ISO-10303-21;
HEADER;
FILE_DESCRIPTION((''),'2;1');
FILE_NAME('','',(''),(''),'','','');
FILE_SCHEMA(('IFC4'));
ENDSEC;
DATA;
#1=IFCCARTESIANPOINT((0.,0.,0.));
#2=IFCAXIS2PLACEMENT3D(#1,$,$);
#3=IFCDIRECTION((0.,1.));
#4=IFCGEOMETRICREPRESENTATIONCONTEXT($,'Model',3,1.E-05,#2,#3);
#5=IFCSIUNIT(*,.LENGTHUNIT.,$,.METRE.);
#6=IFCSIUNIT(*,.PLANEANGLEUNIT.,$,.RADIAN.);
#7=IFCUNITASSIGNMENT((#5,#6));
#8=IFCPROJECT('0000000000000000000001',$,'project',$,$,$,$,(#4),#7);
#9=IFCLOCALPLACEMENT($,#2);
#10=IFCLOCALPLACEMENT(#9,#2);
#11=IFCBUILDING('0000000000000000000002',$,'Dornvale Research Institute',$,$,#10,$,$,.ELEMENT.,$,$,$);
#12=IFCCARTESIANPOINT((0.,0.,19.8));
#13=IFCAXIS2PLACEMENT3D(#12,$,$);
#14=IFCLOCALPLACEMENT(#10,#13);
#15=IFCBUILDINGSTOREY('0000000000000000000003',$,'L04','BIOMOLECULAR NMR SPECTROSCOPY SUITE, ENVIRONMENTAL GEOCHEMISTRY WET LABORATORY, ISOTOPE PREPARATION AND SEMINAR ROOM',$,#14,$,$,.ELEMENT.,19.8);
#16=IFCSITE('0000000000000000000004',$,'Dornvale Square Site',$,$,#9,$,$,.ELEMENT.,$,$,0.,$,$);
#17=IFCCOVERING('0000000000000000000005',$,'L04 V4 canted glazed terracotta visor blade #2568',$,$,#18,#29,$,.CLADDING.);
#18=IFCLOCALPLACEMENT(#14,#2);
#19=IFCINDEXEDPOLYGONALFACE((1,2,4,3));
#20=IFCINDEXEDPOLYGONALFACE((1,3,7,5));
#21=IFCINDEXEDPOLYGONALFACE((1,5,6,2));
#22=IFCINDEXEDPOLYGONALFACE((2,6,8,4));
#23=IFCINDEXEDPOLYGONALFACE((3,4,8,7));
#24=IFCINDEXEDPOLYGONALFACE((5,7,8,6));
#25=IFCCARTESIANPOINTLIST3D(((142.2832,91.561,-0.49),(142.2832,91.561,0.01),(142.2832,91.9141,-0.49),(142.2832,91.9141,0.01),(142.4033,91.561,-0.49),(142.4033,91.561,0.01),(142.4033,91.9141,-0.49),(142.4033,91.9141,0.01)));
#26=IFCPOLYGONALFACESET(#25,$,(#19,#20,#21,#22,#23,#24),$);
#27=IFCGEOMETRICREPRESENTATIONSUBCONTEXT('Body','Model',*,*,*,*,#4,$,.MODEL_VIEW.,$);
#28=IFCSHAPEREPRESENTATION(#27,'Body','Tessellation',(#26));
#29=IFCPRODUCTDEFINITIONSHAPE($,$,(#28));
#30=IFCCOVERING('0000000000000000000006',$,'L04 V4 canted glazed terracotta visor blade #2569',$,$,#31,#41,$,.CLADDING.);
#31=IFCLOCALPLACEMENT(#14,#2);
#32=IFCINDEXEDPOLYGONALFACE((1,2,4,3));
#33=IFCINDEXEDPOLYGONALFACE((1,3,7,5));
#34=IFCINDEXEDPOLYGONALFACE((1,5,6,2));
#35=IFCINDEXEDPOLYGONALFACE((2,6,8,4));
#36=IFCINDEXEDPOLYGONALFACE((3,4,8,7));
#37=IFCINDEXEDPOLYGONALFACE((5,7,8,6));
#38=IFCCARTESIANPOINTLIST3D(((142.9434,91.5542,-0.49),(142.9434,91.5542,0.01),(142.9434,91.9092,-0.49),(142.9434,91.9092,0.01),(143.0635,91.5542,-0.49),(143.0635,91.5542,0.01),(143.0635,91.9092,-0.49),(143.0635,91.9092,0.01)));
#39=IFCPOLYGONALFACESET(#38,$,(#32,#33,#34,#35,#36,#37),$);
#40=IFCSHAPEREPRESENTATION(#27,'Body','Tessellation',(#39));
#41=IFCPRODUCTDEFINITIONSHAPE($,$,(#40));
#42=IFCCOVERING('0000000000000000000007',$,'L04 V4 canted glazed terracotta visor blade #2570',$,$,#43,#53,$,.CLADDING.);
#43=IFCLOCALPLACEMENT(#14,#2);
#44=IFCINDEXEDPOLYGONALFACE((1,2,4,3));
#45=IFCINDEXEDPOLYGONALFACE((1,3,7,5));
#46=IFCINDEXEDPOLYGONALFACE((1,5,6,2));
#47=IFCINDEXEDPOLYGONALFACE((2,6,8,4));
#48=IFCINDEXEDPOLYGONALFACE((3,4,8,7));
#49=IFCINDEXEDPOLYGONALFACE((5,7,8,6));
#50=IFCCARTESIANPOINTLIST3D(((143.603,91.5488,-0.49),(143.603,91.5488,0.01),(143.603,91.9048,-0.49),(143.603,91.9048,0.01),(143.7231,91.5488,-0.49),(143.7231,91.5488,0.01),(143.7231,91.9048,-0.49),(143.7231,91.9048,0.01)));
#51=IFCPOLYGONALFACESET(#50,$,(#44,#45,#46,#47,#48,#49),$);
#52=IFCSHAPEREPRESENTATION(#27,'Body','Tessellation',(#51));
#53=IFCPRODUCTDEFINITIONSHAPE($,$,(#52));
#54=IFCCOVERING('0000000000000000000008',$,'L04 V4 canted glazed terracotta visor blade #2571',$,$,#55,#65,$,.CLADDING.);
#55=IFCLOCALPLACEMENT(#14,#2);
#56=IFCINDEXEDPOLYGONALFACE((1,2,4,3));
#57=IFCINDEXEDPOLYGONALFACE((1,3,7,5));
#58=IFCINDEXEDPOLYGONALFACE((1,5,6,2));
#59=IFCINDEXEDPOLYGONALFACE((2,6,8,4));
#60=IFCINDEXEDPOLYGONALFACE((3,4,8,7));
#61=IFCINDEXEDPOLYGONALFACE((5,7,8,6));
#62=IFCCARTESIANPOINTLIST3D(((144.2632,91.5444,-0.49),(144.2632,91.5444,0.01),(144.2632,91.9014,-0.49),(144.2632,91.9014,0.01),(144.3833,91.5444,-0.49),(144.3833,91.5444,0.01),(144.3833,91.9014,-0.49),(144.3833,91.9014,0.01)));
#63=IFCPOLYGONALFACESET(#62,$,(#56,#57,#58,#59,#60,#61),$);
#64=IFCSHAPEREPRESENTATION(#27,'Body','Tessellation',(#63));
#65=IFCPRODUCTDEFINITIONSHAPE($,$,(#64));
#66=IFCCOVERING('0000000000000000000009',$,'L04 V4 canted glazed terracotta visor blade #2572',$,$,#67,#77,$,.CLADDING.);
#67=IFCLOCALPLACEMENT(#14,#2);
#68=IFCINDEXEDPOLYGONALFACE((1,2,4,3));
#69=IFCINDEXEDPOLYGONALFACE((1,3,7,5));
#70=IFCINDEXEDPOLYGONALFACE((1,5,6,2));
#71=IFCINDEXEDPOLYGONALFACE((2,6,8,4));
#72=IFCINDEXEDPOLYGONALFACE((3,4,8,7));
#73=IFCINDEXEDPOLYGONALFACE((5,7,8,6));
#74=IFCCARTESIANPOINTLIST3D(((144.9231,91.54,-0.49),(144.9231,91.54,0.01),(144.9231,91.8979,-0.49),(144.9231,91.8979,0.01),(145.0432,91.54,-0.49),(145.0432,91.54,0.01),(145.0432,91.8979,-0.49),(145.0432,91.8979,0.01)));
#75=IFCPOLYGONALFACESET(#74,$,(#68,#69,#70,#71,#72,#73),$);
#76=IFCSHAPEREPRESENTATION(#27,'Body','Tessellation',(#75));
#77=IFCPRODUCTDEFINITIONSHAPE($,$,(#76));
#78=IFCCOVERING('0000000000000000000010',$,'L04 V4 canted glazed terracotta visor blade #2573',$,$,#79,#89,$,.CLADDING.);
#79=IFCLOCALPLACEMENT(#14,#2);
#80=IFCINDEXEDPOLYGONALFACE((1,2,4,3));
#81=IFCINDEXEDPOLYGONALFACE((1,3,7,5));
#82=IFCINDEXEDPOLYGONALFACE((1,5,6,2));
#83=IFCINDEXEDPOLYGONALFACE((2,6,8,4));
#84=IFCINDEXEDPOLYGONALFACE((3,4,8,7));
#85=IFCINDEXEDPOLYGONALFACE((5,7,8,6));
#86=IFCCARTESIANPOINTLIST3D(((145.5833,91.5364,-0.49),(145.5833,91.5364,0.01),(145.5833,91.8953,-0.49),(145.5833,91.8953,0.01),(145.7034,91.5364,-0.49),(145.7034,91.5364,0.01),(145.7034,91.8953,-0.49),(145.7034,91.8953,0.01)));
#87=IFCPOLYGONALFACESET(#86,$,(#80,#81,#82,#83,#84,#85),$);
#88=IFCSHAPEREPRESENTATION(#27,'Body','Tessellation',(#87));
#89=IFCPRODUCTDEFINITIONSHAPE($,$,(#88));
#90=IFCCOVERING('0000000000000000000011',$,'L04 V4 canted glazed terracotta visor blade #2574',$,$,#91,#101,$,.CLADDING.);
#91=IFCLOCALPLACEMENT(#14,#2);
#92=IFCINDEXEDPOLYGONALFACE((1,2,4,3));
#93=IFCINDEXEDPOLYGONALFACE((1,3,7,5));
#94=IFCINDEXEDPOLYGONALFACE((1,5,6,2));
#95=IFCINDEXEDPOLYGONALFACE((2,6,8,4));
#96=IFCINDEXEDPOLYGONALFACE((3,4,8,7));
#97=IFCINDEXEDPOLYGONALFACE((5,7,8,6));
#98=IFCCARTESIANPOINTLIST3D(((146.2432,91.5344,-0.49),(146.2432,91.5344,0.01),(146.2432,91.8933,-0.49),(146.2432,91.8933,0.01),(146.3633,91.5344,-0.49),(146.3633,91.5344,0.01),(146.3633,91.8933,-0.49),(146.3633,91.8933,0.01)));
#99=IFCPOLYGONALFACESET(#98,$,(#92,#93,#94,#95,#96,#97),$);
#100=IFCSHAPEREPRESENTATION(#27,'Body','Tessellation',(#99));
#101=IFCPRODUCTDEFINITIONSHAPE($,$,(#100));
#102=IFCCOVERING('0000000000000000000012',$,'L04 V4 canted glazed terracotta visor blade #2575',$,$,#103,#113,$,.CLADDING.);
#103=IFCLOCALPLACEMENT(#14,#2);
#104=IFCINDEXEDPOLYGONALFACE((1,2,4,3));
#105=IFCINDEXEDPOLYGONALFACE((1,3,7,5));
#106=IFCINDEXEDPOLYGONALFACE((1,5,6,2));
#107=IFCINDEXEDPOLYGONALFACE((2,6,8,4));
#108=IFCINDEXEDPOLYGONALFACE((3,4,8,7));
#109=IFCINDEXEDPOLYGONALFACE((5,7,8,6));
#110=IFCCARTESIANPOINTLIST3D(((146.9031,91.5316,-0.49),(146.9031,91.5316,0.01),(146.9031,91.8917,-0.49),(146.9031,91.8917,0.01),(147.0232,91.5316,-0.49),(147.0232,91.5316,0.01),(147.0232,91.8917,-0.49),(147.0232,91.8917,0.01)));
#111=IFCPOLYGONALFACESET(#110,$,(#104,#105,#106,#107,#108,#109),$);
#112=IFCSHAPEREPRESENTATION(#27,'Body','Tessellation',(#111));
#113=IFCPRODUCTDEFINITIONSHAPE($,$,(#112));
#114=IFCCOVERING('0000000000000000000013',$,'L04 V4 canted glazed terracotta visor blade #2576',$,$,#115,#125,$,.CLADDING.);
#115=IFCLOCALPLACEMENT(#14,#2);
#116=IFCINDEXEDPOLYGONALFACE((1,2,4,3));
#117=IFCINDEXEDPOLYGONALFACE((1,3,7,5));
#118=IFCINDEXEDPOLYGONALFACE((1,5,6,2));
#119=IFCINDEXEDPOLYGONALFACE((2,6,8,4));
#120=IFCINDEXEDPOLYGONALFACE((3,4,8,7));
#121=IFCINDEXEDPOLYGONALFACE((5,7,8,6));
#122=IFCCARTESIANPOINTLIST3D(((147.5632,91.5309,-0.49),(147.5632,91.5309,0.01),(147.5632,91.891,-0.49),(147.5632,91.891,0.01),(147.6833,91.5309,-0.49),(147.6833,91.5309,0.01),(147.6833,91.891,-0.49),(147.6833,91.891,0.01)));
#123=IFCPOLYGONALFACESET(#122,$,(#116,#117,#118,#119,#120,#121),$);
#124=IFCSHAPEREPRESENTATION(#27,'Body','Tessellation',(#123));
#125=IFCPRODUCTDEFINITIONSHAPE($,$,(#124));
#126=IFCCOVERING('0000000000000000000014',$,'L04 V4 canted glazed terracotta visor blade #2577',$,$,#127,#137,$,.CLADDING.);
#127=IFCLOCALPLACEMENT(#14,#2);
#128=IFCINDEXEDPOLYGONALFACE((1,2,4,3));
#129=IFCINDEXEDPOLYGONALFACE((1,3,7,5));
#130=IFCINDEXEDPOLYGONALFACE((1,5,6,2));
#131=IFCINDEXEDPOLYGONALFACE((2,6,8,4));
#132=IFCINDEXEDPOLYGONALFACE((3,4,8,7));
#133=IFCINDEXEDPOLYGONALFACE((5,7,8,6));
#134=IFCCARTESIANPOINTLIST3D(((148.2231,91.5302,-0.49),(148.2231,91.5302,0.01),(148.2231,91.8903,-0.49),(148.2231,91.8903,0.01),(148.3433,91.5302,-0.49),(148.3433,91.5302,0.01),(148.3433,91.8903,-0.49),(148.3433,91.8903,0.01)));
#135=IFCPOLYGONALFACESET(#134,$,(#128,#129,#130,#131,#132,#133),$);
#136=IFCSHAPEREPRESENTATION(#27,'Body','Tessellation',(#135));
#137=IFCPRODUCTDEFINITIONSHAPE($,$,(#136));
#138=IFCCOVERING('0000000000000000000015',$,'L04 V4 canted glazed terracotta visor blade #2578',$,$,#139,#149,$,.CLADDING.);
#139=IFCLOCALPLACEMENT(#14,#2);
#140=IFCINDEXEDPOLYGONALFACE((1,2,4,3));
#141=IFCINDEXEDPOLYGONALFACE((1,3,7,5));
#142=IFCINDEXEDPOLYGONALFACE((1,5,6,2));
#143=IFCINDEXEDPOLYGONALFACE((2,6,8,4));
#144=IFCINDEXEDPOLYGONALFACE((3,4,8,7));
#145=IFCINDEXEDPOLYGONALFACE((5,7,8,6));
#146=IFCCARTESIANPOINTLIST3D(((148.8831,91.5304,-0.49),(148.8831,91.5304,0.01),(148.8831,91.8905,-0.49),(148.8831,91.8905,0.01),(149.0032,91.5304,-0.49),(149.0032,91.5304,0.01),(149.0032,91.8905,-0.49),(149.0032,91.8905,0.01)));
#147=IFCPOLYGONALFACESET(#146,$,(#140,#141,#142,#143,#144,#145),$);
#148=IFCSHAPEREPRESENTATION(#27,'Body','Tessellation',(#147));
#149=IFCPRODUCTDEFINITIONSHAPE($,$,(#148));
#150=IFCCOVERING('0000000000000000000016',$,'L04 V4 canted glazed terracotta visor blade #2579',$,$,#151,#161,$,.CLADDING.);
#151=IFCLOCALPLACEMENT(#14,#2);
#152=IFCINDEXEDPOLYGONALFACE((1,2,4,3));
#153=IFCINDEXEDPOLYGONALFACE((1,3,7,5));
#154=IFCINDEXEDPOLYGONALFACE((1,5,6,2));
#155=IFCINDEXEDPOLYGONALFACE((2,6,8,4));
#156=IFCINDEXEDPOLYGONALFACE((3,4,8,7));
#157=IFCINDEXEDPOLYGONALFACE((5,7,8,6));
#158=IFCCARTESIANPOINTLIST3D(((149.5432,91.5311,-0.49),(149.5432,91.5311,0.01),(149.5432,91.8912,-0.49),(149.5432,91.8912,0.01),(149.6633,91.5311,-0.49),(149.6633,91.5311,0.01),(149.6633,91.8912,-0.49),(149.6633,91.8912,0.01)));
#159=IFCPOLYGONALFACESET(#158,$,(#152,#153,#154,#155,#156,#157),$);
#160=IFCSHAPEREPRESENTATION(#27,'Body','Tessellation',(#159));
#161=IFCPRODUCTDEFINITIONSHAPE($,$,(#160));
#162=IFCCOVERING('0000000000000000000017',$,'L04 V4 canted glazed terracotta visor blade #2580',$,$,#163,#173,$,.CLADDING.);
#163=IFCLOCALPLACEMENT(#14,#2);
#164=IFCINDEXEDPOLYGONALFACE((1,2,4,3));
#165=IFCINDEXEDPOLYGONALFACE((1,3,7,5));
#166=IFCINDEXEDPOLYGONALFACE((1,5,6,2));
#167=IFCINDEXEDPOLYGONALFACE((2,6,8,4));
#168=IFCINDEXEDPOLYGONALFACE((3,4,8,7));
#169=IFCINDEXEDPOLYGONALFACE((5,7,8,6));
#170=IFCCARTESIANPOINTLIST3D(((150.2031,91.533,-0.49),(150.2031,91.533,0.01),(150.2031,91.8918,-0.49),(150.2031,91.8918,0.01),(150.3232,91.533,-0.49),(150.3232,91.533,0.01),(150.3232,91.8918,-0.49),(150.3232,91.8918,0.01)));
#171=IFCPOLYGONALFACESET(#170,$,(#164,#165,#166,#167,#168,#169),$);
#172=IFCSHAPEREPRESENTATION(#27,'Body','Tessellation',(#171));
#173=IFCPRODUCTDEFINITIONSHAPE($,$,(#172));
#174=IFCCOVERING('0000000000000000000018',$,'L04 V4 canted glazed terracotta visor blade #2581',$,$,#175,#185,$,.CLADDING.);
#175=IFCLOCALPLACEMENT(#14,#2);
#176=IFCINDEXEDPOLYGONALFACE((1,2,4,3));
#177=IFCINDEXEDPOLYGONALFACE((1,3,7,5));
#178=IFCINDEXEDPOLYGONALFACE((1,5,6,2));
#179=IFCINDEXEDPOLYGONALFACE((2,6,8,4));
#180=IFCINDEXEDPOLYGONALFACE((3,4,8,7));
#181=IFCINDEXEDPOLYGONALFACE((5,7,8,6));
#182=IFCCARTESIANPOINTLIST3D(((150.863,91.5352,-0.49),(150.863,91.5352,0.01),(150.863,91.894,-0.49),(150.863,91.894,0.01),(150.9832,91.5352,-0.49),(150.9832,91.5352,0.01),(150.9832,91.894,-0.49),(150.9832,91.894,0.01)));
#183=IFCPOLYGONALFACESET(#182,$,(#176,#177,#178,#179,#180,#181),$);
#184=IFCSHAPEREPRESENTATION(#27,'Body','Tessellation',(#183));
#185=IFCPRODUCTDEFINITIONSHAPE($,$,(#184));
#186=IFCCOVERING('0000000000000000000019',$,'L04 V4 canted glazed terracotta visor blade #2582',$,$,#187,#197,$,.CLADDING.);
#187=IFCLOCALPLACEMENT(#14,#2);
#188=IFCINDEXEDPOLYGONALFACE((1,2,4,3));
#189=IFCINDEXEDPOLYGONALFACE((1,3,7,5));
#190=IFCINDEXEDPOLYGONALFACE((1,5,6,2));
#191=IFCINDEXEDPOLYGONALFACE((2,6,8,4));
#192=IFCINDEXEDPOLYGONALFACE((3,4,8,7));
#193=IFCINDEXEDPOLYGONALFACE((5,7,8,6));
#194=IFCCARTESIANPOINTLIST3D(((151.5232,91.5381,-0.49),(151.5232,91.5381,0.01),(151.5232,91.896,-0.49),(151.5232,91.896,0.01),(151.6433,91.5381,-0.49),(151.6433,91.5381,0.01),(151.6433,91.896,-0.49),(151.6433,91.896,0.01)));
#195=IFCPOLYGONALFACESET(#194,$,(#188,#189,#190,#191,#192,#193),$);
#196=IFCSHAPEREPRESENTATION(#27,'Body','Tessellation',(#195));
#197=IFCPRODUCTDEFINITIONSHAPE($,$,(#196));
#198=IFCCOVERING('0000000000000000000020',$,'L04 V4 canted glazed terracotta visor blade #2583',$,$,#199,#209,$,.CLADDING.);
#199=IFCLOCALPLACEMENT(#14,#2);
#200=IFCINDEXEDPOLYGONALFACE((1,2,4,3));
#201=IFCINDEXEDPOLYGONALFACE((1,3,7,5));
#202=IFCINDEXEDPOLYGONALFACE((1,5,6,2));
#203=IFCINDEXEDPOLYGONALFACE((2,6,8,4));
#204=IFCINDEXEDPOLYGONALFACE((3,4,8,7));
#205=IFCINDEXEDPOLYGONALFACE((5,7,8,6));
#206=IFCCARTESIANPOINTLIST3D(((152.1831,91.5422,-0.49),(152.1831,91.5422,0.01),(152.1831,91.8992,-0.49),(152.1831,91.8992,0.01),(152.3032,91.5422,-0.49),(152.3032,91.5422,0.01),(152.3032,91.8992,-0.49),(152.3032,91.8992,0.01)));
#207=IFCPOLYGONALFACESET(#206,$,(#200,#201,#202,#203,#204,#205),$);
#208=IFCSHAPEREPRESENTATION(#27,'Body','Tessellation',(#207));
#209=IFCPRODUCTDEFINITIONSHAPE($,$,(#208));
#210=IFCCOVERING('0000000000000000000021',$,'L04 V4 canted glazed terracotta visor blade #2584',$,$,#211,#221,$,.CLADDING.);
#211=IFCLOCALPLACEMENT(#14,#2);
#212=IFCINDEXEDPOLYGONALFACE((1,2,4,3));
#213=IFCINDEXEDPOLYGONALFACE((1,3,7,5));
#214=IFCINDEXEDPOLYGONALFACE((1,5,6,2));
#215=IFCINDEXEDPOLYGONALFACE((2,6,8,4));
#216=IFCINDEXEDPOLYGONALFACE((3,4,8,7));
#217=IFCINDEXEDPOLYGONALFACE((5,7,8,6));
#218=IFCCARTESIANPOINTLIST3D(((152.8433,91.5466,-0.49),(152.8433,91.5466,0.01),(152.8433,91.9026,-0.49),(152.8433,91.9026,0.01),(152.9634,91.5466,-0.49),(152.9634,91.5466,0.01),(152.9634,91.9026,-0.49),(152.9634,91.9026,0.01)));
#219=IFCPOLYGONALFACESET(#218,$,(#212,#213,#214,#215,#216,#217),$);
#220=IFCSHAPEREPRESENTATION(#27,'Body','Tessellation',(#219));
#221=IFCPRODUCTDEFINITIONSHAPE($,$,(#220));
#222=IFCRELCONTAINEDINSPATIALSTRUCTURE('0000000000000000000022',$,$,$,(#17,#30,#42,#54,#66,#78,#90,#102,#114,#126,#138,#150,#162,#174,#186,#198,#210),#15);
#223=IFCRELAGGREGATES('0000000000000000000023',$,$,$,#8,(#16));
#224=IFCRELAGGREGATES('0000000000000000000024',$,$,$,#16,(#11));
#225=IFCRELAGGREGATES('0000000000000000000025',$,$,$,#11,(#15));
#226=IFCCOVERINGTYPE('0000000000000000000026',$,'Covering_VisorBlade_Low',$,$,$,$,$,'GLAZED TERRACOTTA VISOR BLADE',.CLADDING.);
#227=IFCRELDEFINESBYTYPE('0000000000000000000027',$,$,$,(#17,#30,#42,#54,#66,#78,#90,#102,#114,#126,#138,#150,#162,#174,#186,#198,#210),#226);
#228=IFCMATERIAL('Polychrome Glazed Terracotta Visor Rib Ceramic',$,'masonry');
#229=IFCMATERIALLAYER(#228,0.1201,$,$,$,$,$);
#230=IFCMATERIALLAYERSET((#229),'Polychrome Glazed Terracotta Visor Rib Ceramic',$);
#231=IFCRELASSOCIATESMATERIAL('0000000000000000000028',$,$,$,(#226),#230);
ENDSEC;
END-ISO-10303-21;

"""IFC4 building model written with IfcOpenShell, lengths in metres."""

from ifc_helpers import new_model, si_unit, direction, frame, origin, origin_2d, place, context, subcontext, project, spatial, rectangle, extrude, material, layer, layer_set, type_object, element, save


model = new_model("IFC4")

# Units and contexts
model_context = context("Model", 3, precision=1e-05, world=origin(), true_north=direction((0.0, 1.0)))
body_context = subcontext(model_context, "Body", "Model", "MODEL_VIEW")
ifc_project = project(units=[si_unit("LENGTHUNIT", "METRE"), si_unit("PLANEANGLEUNIT", "RADIAN")], contexts=[model_context])

# Site, building, storey
site_placement = place(None, origin())
site = spatial("IfcSite", under=ifc_project, at=site_placement, Name="Dornvale Square Site", CompositionType="ELEMENT", RefElevation=0.0)
building_placement = place(site_placement, origin())
building = spatial("IfcBuilding", under=site, at=building_placement, Name="Dornvale Research Institute", CompositionType="ELEMENT")
storey_placement = place(building_placement, frame((0.0, 0.0, 19.8)))
storey = spatial("IfcBuildingStorey", under=building, at=storey_placement, Name="L04", Description="BIOMOLECULAR NMR SPECTROSCOPY SUITE, ENVIRONMENTAL GEOCHEMISTRY WET LABORATORY, ISOTOPE PREPARATION AND SEMINAR ROOM", CompositionType="ELEMENT", Elevation=19.8)

# Coverings
ifc_material = material(Name="Polychrome Glazed Terracotta Visor Rib Ceramic", Category="masonry")
ifc_layer = layer(ifc_material, 0.1201)
ifc_layer_set = layer_set([ifc_layer], Name="Polychrome Glazed Terracotta Visor Rib Ceramic")
covering_type = type_object("IfcCoveringType", Name="Covering_VisorBlade_Low", ElementType="GLAZED TERRACOTTA VISOR BLADE", PredefinedType="CLADDING", material=ifc_layer_set)
covering_1_placement = place(storey_placement, frame((142.3433, 91.7375, -0.49), z_axis=(0.0, 0.0, 1.0), x_axis=(0.0, 1.0, 0.0)))
element("IfcCovering", 1, at=covering_1_placement, inside=storey, type_object=covering_type, Name="L04 V4 canted glazed terracotta visor blade #2568", PredefinedType="CLADDING", context=body_context, shape_type="SweptSolid", body=[
    extrude(rectangle(XDim=0.353, YDim=0.1201, at=origin_2d()), origin(), (0.0, 0.0, 1.0), 0.5),
])
covering_2_placement = place(storey_placement, frame((143.0034, 91.7317, -0.49), z_axis=(0.0, 0.0, 1.0), x_axis=(0.0, 1.0, 0.0)))
element("IfcCovering", 2, at=covering_2_placement, inside=storey, type_object=covering_type, Name="L04 V4 canted glazed terracotta visor blade #2569", PredefinedType="CLADDING", context=body_context, shape_type="SweptSolid", body=[
    extrude(rectangle(XDim=0.355, YDim=0.1201, at=origin_2d()), origin(), (0.0, 0.0, 1.0), 0.5),
])
covering_3_placement = place(storey_placement, frame((143.6631, 91.7268, -0.49), z_axis=(0.0, 0.0, 1.0), x_axis=(0.0, 1.0, 0.0)))
element("IfcCovering", 3, at=covering_3_placement, inside=storey, type_object=covering_type, Name="L04 V4 canted glazed terracotta visor blade #2570", PredefinedType="CLADDING", context=body_context, shape_type="SweptSolid", body=[
    extrude(rectangle(XDim=0.356, YDim=0.1201, at=origin_2d()), origin(), (0.0, 0.0, 1.0), 0.5),
])
covering_4_placement = place(storey_placement, frame((144.3232, 91.7229, -0.49), z_axis=(0.0, 0.0, 1.0), x_axis=(0.0, 1.0, 0.0)))
element("IfcCovering", 4, at=covering_4_placement, inside=storey, type_object=covering_type, Name="L04 V4 canted glazed terracotta visor blade #2571", PredefinedType="CLADDING", context=body_context, shape_type="SweptSolid", body=[
    extrude(rectangle(XDim=0.3569, YDim=0.1201, at=origin_2d()), origin(), (0.0, 0.0, 1.0), 0.5),
])
covering_5_placement = place(storey_placement, frame((144.9832, 91.719, -0.49), z_axis=(0.0, 0.0, 1.0), x_axis=(0.0, 1.0, 0.0)))
element("IfcCovering", 5, at=covering_5_placement, inside=storey, type_object=covering_type, Name="L04 V4 canted glazed terracotta visor blade #2572", PredefinedType="CLADDING", context=body_context, shape_type="SweptSolid", body=[
    extrude(rectangle(XDim=0.3579, YDim=0.1201, at=origin_2d()), origin(), (0.0, 0.0, 1.0), 0.5),
])
for number, where, z_axis, x_axis, name in (
    (6, (145.6433, 91.7158, -0.49), (0.0, 0.0, 1.0), (0.0, 1.0, 0.0), "L04 V4 canted glazed terracotta visor blade #2573"),
    (7, (146.3032, 91.7139, -0.49), (0.0, 0.0, 1.0), (0.0, 1.0, 0.0), "L04 V4 canted glazed terracotta visor blade #2574"),
):
    element("IfcCovering", number, at=place(storey_placement, frame(where, z_axis=z_axis, x_axis=x_axis)), inside=storey, type_object=covering_type, Name=name, PredefinedType="CLADDING", context=body_context, shape_type="SweptSolid", body=[
        extrude(rectangle(XDim=0.3589, YDim=0.1201, at=origin_2d()), origin(), (0.0, 0.0, 1.0), 0.5),
    ])
for number, where, z_axis, x_axis, name in (
    (8, (146.9631, 91.7117, -0.49), (0.0, 0.0, 1.0), (0.0, 1.0, 0.0), "L04 V4 canted glazed terracotta visor blade #2575"),
    (9, (147.6233, 91.7109, -0.49), (0.0, 0.0, 1.0), (0.0, 1.0, 0.0), "L04 V4 canted glazed terracotta visor blade #2576"),
    (10, (148.2832, 91.7102, -0.49), (0.0, 0.0, 1.0), (0.0, 1.0, 0.0), "L04 V4 canted glazed terracotta visor blade #2577"),
    (11, (148.9431, 91.7104, -0.49), (0.0, 0.0, 1.0), (0.0, 1.0, 0.0), "L04 V4 canted glazed terracotta visor blade #2578"),
    (12, (149.6033, 91.7112, -0.49), (0.0, 0.0, 1.0), (0.0, 1.0, 0.0), "L04 V4 canted glazed terracotta visor blade #2579"),
):
    element("IfcCovering", number, at=place(storey_placement, frame(where, z_axis=z_axis, x_axis=x_axis)), inside=storey, type_object=covering_type, Name=name, PredefinedType="CLADDING", context=body_context, shape_type="SweptSolid", body=[
        extrude(rectangle(XDim=0.3601, YDim=0.1201, at=origin_2d()), origin(), (0.0, 0.0, 1.0), 0.5),
    ])
for number, where, z_axis, x_axis, name in (
    (13, (150.2632, 91.7124, -0.49), (0.0, 0.0, 1.0), (0.0, 1.0, 0.0), "L04 V4 canted glazed terracotta visor blade #2580"),
    (14, (150.9231, 91.7146, -0.49), (0.0, 0.0, 1.0), (0.0, 1.0, 0.0), "L04 V4 canted glazed terracotta visor blade #2581"),
):
    element("IfcCovering", number, at=place(storey_placement, frame(where, z_axis=z_axis, x_axis=x_axis)), inside=storey, type_object=covering_type, Name=name, PredefinedType="CLADDING", context=body_context, shape_type="SweptSolid", body=[
        extrude(rectangle(XDim=0.3589, YDim=0.1201, at=origin_2d()), origin(), (0.0, 0.0, 1.0), 0.5),
    ])
covering_6_placement = place(storey_placement, frame((151.5833, 91.717, -0.49), z_axis=(0.0, 0.0, 1.0), x_axis=(0.0, 1.0, 0.0)))
element("IfcCovering", 15, at=covering_6_placement, inside=storey, type_object=covering_type, Name="L04 V4 canted glazed terracotta visor blade #2582", PredefinedType="CLADDING", context=body_context, shape_type="SweptSolid", body=[
    extrude(rectangle(XDim=0.3579, YDim=0.1201, at=origin_2d()), origin(), (0.0, 0.0, 1.0), 0.5),
])
covering_7_placement = place(storey_placement, frame((152.2432, 91.7207, -0.49), z_axis=(0.0, 0.0, 1.0), x_axis=(0.0, 1.0, 0.0)))
element("IfcCovering", 16, at=covering_7_placement, inside=storey, type_object=covering_type, Name="L04 V4 canted glazed terracotta visor blade #2583", PredefinedType="CLADDING", context=body_context, shape_type="SweptSolid", body=[
    extrude(rectangle(XDim=0.3569, YDim=0.1201, at=origin_2d()), origin(), (0.0, 0.0, 1.0), 0.5),
])
covering_8_placement = place(storey_placement, frame((152.9033, 91.7246, -0.49), z_axis=(0.0, 0.0, 1.0), x_axis=(0.0, 1.0, 0.0)))
element("IfcCovering", 17, at=covering_8_placement, inside=storey, type_object=covering_type, Name="L04 V4 canted glazed terracotta visor blade #2584", PredefinedType="CLADDING", context=body_context, shape_type="SweptSolid", body=[
    extrude(rectangle(XDim=0.356, YDim=0.1201, at=origin_2d()), origin(), (0.0, 0.0, 1.0), 0.5),
])

save(model, "model.ifc")
